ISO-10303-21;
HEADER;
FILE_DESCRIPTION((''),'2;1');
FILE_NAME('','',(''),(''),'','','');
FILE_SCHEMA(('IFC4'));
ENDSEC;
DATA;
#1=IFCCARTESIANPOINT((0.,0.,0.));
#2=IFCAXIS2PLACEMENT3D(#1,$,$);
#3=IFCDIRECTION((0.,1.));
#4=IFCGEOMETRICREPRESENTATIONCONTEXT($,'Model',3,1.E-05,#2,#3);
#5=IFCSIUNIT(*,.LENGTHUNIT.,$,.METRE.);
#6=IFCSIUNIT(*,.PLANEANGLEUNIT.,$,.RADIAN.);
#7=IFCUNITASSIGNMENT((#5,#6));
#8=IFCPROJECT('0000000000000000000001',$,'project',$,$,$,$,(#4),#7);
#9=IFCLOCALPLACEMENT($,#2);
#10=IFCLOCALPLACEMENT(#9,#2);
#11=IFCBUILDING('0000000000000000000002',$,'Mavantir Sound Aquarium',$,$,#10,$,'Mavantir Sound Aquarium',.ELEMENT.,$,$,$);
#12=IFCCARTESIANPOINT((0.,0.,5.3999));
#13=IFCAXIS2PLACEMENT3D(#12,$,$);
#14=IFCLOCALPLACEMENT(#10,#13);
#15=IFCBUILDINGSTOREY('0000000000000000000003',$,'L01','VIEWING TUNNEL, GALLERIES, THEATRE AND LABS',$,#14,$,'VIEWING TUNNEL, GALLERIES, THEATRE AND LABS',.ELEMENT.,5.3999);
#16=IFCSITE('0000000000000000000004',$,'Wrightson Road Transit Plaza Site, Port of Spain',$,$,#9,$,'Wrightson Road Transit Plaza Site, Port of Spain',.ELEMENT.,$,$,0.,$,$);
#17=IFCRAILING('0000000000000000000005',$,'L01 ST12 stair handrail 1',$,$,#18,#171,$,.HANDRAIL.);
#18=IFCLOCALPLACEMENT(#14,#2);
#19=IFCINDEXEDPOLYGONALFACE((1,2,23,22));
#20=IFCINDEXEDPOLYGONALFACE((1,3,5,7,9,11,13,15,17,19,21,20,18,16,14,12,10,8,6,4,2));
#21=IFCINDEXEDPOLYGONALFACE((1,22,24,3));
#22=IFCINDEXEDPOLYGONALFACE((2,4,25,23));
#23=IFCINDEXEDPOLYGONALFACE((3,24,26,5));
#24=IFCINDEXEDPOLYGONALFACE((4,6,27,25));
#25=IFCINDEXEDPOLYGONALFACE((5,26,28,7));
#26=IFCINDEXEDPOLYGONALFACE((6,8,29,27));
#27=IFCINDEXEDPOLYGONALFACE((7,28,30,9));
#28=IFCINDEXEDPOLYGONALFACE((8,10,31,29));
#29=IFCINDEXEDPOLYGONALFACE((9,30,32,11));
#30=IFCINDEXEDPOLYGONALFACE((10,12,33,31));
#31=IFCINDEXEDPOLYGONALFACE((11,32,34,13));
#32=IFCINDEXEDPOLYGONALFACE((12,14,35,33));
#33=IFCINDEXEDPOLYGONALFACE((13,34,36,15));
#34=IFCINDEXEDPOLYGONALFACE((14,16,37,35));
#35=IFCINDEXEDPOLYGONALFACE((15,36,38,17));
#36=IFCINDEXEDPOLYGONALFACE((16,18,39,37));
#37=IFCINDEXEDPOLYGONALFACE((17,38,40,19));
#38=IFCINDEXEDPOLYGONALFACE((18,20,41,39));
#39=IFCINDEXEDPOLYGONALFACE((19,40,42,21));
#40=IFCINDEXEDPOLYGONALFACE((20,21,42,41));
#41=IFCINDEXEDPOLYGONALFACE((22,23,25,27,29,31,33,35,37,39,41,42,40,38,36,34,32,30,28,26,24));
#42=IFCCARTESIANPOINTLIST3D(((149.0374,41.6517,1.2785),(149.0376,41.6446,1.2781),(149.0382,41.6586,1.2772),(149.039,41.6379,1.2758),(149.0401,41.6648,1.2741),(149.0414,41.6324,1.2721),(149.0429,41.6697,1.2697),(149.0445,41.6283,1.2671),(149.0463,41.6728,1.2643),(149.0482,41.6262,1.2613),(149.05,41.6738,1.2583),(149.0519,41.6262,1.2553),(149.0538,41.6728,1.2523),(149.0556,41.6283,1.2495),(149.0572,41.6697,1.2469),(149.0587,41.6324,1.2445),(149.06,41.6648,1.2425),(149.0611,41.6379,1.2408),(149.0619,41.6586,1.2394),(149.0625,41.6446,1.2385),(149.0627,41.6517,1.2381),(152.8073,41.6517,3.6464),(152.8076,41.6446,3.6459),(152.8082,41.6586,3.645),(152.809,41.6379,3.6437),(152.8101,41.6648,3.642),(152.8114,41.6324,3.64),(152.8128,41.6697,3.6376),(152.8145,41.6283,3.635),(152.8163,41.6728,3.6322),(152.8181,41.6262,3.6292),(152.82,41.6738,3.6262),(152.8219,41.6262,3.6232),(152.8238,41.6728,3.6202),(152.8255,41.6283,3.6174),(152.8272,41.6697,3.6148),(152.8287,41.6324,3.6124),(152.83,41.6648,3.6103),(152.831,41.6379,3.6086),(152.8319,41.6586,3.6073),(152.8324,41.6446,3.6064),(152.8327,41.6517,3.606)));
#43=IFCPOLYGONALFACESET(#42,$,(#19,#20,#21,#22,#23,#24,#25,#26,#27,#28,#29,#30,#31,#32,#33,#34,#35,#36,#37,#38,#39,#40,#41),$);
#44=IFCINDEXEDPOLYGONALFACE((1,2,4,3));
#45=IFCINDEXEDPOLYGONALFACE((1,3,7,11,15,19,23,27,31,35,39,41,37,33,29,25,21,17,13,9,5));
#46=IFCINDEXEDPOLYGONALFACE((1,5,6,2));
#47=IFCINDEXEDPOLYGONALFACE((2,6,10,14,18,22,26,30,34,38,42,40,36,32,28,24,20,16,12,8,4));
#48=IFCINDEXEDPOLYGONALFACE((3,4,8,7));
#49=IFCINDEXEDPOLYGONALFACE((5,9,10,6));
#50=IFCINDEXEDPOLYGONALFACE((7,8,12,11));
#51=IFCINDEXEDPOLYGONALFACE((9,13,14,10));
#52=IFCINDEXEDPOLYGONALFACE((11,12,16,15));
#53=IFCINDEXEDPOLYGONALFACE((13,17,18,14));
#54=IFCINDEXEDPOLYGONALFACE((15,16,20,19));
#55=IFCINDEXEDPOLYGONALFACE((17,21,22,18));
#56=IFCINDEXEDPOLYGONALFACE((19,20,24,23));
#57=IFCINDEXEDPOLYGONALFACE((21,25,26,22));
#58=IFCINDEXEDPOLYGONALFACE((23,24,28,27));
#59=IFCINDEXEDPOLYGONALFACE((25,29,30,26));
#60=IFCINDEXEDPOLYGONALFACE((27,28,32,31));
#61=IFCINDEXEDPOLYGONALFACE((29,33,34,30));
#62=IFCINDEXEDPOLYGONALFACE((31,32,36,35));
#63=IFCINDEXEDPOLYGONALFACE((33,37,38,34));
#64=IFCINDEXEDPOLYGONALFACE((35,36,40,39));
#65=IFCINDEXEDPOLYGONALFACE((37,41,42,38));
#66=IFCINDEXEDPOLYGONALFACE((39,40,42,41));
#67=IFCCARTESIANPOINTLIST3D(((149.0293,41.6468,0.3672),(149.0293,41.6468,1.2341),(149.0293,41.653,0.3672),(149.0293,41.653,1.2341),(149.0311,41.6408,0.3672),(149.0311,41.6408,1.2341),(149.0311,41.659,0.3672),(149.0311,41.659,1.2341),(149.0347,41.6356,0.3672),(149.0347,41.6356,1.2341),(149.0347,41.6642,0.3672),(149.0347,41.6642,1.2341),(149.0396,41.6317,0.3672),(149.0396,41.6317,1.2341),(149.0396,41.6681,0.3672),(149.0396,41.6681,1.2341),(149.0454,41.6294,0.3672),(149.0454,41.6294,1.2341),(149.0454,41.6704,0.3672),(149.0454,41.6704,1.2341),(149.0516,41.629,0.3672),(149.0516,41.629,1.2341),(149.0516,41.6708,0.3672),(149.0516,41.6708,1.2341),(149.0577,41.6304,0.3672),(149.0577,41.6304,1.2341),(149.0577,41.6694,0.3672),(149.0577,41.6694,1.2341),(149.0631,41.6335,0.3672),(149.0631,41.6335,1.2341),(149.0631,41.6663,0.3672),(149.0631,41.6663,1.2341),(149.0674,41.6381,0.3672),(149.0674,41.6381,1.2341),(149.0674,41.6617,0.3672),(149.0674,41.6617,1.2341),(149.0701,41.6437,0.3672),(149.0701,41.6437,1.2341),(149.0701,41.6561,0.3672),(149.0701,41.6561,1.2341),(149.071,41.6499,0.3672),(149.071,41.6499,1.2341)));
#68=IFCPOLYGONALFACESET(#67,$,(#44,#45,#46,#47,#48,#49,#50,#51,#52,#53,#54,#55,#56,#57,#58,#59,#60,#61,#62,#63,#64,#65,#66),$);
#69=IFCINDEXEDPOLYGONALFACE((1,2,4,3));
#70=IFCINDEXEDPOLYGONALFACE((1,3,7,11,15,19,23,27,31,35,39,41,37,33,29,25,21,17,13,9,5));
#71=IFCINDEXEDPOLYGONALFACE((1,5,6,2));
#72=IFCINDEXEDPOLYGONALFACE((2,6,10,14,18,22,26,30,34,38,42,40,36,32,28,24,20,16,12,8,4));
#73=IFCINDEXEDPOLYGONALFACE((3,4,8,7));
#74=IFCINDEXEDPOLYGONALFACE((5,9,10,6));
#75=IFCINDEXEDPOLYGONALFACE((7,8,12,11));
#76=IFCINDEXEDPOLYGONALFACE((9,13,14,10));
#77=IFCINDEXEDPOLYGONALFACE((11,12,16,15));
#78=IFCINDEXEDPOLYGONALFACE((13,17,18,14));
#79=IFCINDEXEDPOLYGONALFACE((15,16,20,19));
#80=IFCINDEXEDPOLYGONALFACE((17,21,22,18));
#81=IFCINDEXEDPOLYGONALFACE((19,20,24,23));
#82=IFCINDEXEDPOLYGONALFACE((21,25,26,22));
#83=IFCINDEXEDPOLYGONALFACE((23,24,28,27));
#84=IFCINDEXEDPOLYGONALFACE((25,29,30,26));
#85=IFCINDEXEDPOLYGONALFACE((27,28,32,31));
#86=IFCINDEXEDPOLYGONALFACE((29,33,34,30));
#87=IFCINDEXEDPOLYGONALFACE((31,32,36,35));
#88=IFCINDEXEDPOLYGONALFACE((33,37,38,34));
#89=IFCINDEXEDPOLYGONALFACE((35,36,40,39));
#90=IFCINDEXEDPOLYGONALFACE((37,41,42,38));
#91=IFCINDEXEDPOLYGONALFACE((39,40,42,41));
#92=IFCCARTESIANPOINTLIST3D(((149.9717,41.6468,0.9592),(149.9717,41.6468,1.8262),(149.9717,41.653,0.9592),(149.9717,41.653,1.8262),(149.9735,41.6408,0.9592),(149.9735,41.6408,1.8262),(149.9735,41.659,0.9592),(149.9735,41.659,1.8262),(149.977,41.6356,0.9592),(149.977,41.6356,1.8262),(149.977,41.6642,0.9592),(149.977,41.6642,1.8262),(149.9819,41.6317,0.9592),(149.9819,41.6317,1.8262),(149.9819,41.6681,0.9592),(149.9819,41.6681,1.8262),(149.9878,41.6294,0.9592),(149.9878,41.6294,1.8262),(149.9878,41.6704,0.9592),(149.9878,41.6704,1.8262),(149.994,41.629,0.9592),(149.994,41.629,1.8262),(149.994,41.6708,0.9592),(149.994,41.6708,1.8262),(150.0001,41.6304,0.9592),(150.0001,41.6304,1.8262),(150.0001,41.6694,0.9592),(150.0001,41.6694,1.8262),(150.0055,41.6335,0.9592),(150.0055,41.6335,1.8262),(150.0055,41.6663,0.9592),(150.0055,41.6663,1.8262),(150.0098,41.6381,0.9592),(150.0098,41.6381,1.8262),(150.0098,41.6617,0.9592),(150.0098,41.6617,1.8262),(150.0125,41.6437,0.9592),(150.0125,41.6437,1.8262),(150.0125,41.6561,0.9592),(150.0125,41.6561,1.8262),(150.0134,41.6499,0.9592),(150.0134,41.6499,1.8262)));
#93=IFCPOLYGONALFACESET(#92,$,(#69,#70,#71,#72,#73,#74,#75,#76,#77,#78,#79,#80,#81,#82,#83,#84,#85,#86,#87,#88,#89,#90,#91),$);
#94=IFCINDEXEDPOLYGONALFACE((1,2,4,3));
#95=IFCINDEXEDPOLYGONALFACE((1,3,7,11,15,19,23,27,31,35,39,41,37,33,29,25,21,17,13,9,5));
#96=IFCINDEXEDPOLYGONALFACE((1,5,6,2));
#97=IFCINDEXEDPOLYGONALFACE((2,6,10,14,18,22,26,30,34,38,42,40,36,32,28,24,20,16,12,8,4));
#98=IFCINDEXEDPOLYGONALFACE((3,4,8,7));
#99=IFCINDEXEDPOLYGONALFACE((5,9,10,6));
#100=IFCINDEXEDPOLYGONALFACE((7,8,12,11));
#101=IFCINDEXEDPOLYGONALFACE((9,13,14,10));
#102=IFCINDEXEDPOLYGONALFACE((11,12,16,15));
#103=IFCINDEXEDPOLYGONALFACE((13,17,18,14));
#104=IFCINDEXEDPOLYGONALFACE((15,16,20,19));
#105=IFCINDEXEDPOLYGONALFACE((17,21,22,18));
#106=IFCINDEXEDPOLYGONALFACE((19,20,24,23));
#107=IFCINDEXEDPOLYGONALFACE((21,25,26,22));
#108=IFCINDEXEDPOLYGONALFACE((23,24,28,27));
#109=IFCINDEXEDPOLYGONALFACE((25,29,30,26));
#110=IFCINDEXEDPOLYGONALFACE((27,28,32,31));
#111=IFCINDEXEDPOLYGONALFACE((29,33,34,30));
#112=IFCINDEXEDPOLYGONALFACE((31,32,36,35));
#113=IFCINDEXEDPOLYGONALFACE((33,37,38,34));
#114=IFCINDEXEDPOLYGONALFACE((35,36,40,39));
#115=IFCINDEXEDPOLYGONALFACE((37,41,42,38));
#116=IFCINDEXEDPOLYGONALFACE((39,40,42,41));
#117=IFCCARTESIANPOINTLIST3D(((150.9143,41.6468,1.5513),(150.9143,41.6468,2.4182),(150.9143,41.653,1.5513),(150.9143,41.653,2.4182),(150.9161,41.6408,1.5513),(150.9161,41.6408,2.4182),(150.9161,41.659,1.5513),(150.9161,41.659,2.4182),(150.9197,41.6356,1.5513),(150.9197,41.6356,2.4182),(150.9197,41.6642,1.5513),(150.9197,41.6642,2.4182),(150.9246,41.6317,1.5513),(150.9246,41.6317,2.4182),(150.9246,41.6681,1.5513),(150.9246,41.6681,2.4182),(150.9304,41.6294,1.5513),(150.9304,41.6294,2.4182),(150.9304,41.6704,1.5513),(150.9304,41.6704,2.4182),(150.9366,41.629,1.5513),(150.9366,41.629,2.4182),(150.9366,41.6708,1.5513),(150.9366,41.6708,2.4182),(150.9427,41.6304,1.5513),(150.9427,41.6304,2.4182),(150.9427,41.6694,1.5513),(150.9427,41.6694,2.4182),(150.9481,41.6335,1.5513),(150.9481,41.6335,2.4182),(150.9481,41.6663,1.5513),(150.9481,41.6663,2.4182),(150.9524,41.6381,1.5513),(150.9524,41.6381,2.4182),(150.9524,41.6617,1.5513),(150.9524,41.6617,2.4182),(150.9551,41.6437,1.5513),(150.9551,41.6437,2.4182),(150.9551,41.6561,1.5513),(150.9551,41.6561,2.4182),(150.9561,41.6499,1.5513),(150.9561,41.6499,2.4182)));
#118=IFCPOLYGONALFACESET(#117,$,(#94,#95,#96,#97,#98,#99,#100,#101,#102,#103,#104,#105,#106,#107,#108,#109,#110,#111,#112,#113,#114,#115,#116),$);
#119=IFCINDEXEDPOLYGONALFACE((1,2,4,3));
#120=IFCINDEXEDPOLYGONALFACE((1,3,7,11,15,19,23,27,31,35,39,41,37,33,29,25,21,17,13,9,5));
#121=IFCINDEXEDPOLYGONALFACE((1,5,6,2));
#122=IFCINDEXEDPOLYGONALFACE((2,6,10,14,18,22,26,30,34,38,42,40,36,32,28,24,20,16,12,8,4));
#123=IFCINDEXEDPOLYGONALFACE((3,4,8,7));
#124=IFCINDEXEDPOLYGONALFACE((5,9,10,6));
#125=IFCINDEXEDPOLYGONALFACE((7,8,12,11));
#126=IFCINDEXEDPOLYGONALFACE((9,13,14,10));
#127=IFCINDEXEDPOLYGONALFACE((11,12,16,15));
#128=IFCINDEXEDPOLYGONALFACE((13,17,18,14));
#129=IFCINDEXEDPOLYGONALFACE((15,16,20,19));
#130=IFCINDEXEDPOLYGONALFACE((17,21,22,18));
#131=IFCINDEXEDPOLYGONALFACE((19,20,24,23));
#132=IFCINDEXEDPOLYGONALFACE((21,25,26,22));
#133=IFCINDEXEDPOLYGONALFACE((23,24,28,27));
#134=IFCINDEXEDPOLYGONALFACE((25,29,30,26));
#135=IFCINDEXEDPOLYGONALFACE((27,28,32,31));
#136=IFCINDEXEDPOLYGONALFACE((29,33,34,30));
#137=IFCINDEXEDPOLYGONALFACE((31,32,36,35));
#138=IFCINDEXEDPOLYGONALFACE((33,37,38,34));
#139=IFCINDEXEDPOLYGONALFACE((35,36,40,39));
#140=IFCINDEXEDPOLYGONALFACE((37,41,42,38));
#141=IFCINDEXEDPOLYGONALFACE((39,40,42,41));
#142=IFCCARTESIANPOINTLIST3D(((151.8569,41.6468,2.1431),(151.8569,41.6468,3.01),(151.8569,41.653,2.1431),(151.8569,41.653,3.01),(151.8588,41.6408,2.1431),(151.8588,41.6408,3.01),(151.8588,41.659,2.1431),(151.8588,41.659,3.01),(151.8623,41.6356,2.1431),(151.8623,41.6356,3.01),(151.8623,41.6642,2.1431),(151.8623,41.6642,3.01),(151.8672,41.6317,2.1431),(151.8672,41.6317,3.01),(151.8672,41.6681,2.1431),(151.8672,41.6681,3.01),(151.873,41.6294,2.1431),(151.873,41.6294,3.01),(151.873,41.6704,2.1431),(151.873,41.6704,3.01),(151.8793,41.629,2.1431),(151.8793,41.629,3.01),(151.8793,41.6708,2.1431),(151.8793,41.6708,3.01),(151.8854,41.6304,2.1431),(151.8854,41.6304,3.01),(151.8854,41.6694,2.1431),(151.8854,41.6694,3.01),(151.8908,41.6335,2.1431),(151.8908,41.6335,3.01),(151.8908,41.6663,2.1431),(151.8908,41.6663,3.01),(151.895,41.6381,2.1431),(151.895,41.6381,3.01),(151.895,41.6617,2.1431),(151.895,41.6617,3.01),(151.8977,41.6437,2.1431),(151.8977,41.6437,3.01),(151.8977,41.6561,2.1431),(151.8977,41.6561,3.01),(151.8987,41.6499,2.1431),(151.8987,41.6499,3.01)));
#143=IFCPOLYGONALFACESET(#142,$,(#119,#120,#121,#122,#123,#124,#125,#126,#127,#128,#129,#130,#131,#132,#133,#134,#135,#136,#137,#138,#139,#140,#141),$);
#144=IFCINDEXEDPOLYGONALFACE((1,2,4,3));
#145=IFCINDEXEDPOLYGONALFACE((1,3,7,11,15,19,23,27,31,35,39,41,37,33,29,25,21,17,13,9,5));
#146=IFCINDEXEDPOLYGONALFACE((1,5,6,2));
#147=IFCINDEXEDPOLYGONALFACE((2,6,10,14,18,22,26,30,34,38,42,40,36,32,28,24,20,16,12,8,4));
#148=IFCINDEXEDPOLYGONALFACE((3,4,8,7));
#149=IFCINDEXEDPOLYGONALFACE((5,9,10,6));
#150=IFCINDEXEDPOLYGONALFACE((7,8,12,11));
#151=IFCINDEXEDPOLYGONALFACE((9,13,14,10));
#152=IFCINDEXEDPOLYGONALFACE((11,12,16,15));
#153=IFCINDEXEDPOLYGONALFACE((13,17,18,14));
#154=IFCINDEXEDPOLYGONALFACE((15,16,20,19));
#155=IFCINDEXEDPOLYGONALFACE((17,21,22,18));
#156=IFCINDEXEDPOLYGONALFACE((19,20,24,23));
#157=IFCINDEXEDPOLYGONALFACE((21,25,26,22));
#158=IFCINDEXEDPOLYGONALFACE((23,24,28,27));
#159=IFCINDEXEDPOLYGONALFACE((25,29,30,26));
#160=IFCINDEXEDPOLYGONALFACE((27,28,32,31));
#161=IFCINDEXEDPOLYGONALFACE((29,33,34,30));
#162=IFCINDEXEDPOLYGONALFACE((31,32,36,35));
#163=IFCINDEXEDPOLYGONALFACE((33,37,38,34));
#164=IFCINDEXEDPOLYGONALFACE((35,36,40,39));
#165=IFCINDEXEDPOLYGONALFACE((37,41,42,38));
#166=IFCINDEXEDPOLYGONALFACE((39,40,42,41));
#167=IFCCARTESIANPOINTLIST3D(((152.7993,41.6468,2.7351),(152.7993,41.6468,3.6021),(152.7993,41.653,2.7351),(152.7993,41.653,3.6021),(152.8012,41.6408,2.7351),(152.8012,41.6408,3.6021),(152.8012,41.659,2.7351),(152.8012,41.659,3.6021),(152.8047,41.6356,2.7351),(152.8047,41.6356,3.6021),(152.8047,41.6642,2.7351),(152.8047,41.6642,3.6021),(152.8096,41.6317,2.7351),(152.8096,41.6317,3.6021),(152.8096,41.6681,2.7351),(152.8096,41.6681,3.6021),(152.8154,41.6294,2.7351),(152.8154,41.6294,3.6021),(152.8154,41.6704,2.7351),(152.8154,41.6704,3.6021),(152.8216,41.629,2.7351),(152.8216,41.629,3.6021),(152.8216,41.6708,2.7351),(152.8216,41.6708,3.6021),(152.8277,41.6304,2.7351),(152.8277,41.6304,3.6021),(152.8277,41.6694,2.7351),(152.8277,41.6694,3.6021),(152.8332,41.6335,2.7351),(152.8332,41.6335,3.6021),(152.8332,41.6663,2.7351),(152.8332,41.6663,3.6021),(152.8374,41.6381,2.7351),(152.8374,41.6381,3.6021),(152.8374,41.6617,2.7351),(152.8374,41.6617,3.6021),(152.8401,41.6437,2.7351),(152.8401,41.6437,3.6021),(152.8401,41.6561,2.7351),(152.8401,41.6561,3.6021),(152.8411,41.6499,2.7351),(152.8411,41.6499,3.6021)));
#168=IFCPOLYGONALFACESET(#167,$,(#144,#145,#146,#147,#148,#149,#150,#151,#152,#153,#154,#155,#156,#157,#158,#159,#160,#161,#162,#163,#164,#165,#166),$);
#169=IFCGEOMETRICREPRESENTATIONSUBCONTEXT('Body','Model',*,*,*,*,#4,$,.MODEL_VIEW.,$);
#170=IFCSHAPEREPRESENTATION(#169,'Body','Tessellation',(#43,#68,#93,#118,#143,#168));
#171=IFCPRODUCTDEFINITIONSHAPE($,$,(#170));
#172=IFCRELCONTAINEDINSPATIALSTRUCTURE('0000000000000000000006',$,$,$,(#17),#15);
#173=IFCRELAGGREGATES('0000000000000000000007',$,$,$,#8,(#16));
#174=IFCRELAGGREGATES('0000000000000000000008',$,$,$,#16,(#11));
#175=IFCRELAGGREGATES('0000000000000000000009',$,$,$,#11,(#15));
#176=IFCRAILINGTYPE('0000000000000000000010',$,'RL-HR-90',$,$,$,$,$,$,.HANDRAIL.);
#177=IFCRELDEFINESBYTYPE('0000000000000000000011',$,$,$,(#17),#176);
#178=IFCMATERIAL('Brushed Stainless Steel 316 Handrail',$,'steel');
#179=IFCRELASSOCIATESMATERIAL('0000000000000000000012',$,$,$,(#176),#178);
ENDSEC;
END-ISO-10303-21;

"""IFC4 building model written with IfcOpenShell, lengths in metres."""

from ifc_helpers import new_model, si_unit, direction, frame, origin, origin_2d, place, context, subcontext, project, spatial, circle, extrude, material, type_object, element, save


model = new_model("IFC4")

# Units and contexts
model_context = context("Model", 3, precision=1e-05, world=origin(), true_north=direction((0.0, 1.0)))
body_context = subcontext(model_context, "Body", "Model", "MODEL_VIEW")
ifc_project = project(units=[si_unit("LENGTHUNIT", "METRE"), si_unit("PLANEANGLEUNIT", "RADIAN")], contexts=[model_context])

# Site, building, storey
site_placement = place(None, origin())
site = spatial("IfcSite", under=ifc_project, at=site_placement, Name="Wrightson Road Transit Plaza Site, Port of Spain", LongName="Wrightson Road Transit Plaza Site, Port of Spain", CompositionType="ELEMENT", RefElevation=0.0)
building_placement = place(site_placement, origin())
building = spatial("IfcBuilding", under=site, at=building_placement, Name="Mavantir Sound Aquarium", LongName="Mavantir Sound Aquarium", CompositionType="ELEMENT")
storey_placement = place(building_placement, frame((0.0, 0.0, 5.3999)))
storey = spatial("IfcBuildingStorey", under=building, at=storey_placement, Name="L01", Description="VIEWING TUNNEL, GALLERIES, THEATRE AND LABS", LongName="VIEWING TUNNEL, GALLERIES, THEATRE AND LABS", CompositionType="ELEMENT", Elevation=5.3999)

# Railing
ifc_material_1 = material(Name="Brushed Stainless Steel 316 Handrail", Category="steel")
railing_type_1 = type_object("IfcRailingType", Name="RL-HR-90", PredefinedType="HANDRAIL", material=ifc_material_1)
railing_1_placement = place(storey_placement, frame((149.05, 41.6499, 0.3672)))
element("IfcRailing", 1, at=railing_1_placement, inside=storey, type_object=railing_type_1, Name="L01 ST12 stair handrail 1", PredefinedType="HANDRAIL", context=body_context, shape_type="SweptSolid", body=[
    extrude(circle(Radius=0.0239, at=origin_2d()), frame((0.0, 0.0, 0.8911), z_axis=(0.846819, 0.0, 0.531881), x_axis=(0.0, 1.0, 0.0)), (0.0, 0.0, 1.0), 4.4519),
    extrude(circle(Radius=0.021, at=origin_2d()), origin(), (0.0, 0.0, 1.0), 0.8669),
    extrude(circle(Radius=0.021, at=origin_2d()), frame((0.9424, 0.0, 0.592)), (0.0, 0.0, 1.0), 0.8669),
    extrude(circle(Radius=0.021, at=origin_2d()), frame((1.885, 0.0, 1.1841)), (0.0, 0.0, 1.0), 0.8669),
    extrude(circle(Radius=0.021, at=origin_2d()), frame((2.8276, 0.0, 1.7759)), (0.0, 0.0, 1.0), 0.8669),
    extrude(circle(Radius=0.021, at=origin_2d()), frame((3.77, 0.0, 2.3679)), (0.0, 0.0, 1.0), 0.8669),
])

save(model, "model.ifc")
